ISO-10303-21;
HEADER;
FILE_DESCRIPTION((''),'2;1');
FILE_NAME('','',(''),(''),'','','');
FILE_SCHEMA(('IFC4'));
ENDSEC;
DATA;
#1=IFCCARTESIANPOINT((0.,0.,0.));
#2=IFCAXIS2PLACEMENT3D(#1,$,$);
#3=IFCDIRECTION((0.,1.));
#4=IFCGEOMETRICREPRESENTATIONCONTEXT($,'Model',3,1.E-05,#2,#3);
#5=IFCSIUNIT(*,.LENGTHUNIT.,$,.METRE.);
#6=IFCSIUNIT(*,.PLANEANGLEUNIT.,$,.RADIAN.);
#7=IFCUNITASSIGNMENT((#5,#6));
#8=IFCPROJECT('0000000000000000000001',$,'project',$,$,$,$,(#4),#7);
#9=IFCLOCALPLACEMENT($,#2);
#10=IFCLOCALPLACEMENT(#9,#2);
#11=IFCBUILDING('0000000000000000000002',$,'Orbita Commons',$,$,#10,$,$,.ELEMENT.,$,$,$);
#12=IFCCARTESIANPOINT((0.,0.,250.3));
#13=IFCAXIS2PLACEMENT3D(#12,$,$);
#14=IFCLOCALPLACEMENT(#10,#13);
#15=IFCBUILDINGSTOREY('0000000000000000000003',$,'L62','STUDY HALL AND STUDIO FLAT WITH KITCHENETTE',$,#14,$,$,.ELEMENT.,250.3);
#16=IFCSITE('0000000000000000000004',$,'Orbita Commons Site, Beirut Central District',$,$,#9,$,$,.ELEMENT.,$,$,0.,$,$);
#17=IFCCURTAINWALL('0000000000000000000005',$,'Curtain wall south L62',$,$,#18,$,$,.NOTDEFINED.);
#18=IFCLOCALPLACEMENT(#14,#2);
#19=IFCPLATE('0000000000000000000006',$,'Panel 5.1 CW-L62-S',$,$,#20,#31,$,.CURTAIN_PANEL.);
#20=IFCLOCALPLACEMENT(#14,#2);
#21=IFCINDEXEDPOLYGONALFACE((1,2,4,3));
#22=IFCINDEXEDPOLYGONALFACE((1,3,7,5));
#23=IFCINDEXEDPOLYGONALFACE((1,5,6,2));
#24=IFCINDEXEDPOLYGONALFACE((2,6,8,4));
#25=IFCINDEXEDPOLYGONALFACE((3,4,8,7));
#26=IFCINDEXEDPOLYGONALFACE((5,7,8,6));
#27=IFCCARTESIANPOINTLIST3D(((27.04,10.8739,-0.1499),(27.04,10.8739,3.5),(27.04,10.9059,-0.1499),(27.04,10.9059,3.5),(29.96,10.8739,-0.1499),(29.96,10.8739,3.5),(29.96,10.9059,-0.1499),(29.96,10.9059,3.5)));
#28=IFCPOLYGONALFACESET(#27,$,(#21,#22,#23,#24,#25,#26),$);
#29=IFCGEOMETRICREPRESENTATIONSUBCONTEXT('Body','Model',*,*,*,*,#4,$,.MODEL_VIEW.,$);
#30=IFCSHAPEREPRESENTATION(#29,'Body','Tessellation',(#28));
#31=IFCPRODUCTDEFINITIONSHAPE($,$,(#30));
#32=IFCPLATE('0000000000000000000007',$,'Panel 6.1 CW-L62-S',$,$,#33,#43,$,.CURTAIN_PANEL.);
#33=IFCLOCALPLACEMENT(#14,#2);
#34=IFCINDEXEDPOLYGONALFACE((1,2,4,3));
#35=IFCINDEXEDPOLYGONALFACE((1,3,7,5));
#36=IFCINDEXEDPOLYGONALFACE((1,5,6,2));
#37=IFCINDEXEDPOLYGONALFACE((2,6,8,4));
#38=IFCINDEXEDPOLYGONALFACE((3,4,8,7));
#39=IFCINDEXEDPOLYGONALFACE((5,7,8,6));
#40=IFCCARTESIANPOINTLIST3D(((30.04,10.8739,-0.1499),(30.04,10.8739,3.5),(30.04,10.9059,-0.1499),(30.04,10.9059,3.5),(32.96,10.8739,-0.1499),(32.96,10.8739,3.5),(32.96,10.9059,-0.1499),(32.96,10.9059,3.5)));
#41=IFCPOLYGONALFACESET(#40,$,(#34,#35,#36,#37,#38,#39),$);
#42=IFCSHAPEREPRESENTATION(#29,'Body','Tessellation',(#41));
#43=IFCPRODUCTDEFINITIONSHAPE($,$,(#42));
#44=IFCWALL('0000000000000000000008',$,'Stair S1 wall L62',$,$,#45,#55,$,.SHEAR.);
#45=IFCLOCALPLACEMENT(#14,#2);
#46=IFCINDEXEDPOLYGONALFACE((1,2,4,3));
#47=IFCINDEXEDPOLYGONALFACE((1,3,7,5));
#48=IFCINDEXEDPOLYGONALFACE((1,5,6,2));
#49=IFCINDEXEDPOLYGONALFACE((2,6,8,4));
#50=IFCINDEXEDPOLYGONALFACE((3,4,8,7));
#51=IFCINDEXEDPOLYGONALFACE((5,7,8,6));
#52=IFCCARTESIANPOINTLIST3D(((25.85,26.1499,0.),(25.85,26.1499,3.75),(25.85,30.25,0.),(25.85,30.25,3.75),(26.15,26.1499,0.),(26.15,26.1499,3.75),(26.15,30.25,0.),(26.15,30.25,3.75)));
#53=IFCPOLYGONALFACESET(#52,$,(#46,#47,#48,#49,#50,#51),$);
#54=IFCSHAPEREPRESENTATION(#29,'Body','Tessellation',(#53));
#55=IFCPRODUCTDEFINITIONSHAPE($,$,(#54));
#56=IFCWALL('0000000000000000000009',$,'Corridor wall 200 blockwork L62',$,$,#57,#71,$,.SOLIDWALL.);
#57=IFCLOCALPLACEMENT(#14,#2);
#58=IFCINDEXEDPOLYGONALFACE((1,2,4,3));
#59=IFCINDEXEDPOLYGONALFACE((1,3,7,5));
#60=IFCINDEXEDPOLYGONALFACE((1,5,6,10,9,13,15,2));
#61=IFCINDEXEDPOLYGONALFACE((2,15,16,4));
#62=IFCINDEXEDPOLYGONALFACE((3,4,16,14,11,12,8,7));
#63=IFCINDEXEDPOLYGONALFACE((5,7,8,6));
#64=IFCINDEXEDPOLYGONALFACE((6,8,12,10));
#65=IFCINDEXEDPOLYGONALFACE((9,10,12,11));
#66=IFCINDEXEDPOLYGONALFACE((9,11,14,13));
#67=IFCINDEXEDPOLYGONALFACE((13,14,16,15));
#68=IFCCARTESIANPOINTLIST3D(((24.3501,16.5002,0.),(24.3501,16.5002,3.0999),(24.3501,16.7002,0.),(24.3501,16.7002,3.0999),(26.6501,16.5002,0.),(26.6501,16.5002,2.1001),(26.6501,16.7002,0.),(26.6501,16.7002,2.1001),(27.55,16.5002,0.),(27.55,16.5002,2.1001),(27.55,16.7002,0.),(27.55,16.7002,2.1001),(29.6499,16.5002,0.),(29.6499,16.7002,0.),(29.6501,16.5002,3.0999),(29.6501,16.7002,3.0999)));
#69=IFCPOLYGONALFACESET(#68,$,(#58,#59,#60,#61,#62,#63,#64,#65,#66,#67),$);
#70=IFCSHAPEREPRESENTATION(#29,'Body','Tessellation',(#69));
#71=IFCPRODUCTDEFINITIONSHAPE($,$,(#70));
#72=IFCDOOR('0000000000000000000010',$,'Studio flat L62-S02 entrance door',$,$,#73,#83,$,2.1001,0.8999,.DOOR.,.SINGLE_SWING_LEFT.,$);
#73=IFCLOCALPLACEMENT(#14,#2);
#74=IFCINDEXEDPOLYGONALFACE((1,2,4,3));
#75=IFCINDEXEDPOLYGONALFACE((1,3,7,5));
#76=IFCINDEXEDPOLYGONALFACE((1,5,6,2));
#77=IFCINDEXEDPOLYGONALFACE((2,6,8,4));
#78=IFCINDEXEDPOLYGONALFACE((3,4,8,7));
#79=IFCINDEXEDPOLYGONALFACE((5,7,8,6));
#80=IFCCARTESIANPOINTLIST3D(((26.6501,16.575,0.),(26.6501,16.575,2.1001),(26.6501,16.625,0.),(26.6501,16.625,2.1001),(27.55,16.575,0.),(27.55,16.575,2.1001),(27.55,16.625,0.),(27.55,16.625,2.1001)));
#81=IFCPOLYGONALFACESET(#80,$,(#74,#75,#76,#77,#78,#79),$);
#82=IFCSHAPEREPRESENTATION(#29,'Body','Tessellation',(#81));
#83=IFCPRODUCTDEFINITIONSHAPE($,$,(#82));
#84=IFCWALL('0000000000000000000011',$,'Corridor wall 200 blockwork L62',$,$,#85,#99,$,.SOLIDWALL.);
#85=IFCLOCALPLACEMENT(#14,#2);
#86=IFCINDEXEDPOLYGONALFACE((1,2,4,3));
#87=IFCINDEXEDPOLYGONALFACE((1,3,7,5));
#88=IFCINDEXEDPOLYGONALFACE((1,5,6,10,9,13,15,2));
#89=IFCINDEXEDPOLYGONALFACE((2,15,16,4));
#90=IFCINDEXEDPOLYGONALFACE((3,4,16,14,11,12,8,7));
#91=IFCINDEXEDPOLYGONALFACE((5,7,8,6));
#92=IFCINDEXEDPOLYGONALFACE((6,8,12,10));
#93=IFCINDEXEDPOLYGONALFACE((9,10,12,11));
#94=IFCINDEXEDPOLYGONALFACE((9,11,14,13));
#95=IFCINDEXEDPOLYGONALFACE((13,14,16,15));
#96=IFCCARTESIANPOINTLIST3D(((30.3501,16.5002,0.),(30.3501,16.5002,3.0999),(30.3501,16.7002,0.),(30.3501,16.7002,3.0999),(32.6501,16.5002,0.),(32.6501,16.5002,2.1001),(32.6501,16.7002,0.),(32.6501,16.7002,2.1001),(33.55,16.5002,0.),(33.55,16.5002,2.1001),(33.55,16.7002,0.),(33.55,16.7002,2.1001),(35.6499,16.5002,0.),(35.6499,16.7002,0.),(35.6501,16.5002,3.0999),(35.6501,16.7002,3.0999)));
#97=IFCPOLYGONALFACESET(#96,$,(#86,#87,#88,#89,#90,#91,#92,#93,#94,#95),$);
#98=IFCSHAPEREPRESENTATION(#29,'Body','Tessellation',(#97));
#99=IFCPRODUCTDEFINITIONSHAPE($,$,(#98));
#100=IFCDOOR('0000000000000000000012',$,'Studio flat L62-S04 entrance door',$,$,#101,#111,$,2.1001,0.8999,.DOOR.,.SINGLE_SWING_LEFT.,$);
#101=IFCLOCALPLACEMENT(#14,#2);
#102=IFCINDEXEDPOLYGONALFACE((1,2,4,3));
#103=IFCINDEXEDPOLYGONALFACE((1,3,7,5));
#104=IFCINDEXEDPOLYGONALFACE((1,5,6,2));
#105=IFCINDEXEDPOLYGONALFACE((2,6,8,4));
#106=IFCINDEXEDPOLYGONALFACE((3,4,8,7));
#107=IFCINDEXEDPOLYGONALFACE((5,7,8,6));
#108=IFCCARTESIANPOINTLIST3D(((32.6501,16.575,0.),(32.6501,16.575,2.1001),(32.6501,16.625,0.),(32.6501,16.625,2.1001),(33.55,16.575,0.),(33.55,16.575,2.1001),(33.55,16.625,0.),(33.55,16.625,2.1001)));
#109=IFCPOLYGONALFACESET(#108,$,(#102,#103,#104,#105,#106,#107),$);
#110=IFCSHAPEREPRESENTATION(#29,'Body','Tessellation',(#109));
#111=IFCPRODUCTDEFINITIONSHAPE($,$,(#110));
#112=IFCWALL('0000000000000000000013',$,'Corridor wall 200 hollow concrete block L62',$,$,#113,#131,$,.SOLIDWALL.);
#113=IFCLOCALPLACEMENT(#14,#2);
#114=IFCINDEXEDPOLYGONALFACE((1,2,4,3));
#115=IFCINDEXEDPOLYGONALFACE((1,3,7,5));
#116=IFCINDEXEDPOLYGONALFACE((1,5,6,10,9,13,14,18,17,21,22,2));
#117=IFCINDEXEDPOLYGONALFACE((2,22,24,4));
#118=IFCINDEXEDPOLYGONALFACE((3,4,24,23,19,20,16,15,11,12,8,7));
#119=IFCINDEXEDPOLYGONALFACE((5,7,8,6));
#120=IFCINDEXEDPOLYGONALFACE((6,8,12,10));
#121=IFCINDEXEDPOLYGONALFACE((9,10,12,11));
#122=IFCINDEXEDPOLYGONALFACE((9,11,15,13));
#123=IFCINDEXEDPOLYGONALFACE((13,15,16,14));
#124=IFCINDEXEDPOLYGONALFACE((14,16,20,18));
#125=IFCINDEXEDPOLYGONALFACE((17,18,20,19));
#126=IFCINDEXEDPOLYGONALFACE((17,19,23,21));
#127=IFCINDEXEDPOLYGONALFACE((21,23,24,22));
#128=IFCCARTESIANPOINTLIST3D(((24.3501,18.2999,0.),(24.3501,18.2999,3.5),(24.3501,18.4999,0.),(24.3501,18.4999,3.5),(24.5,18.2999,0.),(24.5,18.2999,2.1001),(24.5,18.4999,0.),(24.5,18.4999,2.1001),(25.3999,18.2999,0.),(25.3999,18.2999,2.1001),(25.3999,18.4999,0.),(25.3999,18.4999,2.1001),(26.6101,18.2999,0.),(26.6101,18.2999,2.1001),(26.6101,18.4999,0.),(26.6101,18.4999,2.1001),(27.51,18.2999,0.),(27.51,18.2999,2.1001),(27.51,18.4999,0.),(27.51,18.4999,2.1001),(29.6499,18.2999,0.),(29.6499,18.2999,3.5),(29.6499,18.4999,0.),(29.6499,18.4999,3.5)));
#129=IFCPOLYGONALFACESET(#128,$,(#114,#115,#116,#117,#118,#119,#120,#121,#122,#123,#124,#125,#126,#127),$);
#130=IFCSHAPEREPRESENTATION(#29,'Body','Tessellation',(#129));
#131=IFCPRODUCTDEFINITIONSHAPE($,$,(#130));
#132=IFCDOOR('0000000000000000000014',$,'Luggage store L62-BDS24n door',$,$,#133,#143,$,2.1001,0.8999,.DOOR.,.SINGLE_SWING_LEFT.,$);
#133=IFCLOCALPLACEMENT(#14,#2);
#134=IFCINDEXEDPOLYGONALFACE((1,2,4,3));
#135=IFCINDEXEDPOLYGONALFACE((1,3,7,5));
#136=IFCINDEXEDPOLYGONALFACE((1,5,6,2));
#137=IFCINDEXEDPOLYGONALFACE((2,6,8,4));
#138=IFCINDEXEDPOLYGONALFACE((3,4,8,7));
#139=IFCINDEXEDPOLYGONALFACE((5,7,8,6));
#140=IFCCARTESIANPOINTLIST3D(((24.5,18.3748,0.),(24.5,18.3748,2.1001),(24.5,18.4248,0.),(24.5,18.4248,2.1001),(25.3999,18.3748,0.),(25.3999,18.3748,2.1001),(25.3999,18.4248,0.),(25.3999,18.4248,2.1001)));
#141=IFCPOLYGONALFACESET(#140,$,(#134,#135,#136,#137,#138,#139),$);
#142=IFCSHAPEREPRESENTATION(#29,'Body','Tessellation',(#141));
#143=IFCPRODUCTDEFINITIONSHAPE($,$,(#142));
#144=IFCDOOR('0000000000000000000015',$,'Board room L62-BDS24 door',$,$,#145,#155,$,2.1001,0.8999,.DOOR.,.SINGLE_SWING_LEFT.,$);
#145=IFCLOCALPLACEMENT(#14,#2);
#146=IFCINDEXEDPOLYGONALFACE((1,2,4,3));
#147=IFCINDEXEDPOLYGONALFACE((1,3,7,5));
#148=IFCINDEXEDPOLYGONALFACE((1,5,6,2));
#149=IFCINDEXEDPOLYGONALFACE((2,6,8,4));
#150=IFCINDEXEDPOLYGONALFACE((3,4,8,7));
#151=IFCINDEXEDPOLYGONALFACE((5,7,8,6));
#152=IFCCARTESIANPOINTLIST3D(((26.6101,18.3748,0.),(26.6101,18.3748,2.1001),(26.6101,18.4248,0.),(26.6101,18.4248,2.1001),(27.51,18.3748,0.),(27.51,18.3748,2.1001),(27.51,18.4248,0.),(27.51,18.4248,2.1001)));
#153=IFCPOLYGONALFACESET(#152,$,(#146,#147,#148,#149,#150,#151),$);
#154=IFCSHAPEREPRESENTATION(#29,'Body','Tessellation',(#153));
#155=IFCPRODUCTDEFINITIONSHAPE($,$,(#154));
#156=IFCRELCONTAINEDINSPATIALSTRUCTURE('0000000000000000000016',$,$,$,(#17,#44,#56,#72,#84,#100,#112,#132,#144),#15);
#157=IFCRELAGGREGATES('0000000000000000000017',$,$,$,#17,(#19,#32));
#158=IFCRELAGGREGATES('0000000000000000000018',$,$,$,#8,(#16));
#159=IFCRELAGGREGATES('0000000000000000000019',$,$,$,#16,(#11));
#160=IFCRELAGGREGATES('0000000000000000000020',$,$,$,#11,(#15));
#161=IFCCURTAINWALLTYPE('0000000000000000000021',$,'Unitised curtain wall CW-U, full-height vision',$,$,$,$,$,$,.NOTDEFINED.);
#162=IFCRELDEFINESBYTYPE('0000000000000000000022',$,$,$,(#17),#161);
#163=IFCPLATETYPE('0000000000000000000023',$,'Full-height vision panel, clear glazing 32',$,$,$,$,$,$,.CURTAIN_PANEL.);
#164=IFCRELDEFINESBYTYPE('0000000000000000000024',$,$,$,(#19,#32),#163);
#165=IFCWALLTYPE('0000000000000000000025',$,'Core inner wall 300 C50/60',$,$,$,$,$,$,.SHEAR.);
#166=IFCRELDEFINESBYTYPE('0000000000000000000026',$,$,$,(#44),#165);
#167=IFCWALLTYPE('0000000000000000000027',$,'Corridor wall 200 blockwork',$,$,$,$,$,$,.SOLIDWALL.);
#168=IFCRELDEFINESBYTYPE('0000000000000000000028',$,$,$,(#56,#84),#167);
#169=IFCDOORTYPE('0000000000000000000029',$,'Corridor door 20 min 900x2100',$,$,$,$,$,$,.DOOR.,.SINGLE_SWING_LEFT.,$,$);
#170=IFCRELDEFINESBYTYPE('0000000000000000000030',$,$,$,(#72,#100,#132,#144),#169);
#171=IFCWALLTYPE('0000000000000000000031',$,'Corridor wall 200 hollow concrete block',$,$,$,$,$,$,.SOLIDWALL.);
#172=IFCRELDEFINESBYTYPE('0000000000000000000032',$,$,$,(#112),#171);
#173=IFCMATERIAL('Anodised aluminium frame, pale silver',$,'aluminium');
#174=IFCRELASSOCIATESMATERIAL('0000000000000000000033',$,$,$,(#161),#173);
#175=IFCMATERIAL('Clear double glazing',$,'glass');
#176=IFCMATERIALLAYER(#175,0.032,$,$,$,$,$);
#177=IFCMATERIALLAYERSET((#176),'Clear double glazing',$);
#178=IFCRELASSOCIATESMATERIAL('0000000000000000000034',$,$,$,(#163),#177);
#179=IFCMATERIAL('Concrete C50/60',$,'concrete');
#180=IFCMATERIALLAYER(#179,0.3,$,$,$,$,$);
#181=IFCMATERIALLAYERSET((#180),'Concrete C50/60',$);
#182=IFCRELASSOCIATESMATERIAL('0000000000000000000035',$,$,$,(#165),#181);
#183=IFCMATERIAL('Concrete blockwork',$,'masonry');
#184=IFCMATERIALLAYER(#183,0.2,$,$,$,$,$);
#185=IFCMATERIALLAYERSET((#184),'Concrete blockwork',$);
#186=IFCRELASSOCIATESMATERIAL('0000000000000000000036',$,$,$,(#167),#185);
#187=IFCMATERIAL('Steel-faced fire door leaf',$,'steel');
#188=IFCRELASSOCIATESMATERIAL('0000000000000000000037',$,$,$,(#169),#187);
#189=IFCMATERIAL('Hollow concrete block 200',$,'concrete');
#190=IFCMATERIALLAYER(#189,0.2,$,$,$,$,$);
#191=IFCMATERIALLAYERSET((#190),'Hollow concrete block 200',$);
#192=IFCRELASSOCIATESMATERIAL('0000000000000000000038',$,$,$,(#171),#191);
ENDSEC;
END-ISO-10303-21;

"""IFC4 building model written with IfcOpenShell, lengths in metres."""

from ifc_helpers import new_model, si_unit, direction, frame, frame_2d, origin, origin_2d, place, context, subcontext, project, spatial, polyline, rectangle, outline, extrude, material, layer, layer_set, type_object, element, fill, aggregate, save


model = new_model("IFC4")

# Units and contexts
model_context = context("Model", 3, precision=1e-05, world=origin(), true_north=direction((0.0, 1.0)))
body_context = subcontext(model_context, "Body", "Model", "MODEL_VIEW")
ifc_project = project(units=[si_unit("LENGTHUNIT", "METRE"), si_unit("PLANEANGLEUNIT", "RADIAN")], contexts=[model_context])

# Site, building, storey
site_placement = place(None, origin())
site = spatial("IfcSite", under=ifc_project, at=site_placement, Name="Orbita Commons Site, Beirut Central District", CompositionType="ELEMENT", RefElevation=0.0)
building_placement = place(site_placement, origin())
building = spatial("IfcBuilding", under=site, at=building_placement, Name="Orbita Commons", CompositionType="ELEMENT")
storey_placement = place(building_placement, frame((0.0, 0.0, 250.3)))
storey = spatial("IfcBuildingStorey", under=building, at=storey_placement, Name="L62", Description="STUDY HALL AND STUDIO FLAT WITH KITCHENETTE", CompositionType="ELEMENT", Elevation=250.3)

# Curtain wall
ifc_material_1 = material(Name="Anodised aluminium frame, pale silver", Category="aluminium")
curtain_wall_type = type_object("IfcCurtainWallType", Name="Unitised curtain wall CW-U, full-height vision", PredefinedType="NOTDEFINED", material=ifc_material_1)
curtain_wall_placement = place(storey_placement, origin())
curtain_wall = element("IfcCurtainWall", 1, at=curtain_wall_placement, inside=storey, type_object=curtain_wall_type, Name="Curtain wall south L62", PredefinedType="NOTDEFINED")

# Plates
ifc_material_2 = material(Name="Clear double glazing", Category="glass")
ifc_layer_1 = layer(ifc_material_2, 0.032)
ifc_layer_set_1 = layer_set([ifc_layer_1], Name="Clear double glazing")
plate_type = type_object("IfcPlateType", Name="Full-height vision panel, clear glazing 32", PredefinedType="CURTAIN_PANEL", material=ifc_layer_set_1)
plate_1_placement = place(storey_placement, frame((28.5, 10.8899, -0.1499), z_axis=(0.0, 0.0, 1.0), x_axis=(1.0, 0.0, 0.0)))
plate_1 = element("IfcPlate", 2, at=plate_1_placement, type_object=plate_type, Name="Panel 5.1 CW-L62-S", PredefinedType="CURTAIN_PANEL", context=body_context, shape_type="SweptSolid", body=[
    extrude(rectangle(XDim=2.9199, YDim=0.032, at=origin_2d()), origin(), (0.0, 0.0, 1.0), 3.6499),
])
plate_2_placement = place(storey_placement, frame((31.5, 10.8899, -0.1499), z_axis=(0.0, 0.0, 1.0), x_axis=(1.0, 0.0, 0.0)))
plate_2 = element("IfcPlate", 3, at=plate_2_placement, type_object=plate_type, Name="Panel 6.1 CW-L62-S", PredefinedType="CURTAIN_PANEL", context=body_context, shape_type="SweptSolid", body=[
    extrude(rectangle(XDim=2.9199, YDim=0.032, at=origin_2d()), origin(), (0.0, 0.0, 1.0), 3.6499),
])
aggregate(curtain_wall, [plate_1, plate_2])

# Wall
ifc_material_3 = material(Name="Concrete C50/60", Category="concrete")
ifc_layer_2 = layer(ifc_material_3, 0.3)
ifc_layer_set_2 = layer_set([ifc_layer_2], Name="Concrete C50/60")
wall_type_1 = type_object("IfcWallType", Name="Core inner wall 300 C50/60", PredefinedType="SHEAR", material=ifc_layer_set_2)
wall_1_placement = place(storey_placement, frame((26.0, 26.1499, 0.0), z_axis=(0.0, 0.0, 1.0), x_axis=(0.0, 1.0, 0.0)))
element("IfcWall", 4, at=wall_1_placement, inside=storey, type_object=wall_type_1, Name="Stair S1 wall L62", PredefinedType="SHEAR", context=body_context, shape_type="SweptSolid", body=[
    extrude(rectangle(XDim=4.1001, YDim=0.3, at=frame_2d((2.05, 0.0))), origin(), (0.0, 0.0, 1.0), 3.75),
])

# Walls, openings, doors
ifc_material_4 = material(Name="Concrete blockwork", Category="masonry")
ifc_layer_3 = layer(ifc_material_4, 0.2)
ifc_layer_set_3 = layer_set([ifc_layer_3], Name="Concrete blockwork")
wall_type_2 = type_object("IfcWallType", Name="Corridor wall 200 blockwork", PredefinedType="SOLIDWALL", material=ifc_layer_set_3)
wall_2_placement = place(storey_placement, frame((24.3501, 16.6001, 0.0), z_axis=(0.0, 0.0, 1.0), x_axis=(1.0, 0.0, 0.0)))
wall_2 = element("IfcWall", 5, at=wall_2_placement, inside=storey, type_object=wall_type_2, Name="Corridor wall 200 blockwork L62", PredefinedType="SOLIDWALL", context=body_context, shape_type="SweptSolid", body=[
    extrude(outline(polyline([(0.0, 0.0), (5.2998, 0.0), (5.3, 3.0999), (0.0, 3.0999), (0.0, 0.0)])), frame((0.0, 0.1001, 0.0), z_axis=(0.0, -1.0, 0.0), x_axis=(1.0, 0.0, 0.0)), (0.0, 0.0, 1.0), 0.2),
])
opening_1_placement = place(wall_2_placement, frame((2.3, 0.0, 0.0)))
opening_1 = element("IfcOpeningElement", 6, at=opening_1_placement, cuts=wall_2, PredefinedType="OPENING", context=body_context, shape_type="SweptSolid", body=[
    extrude(rectangle(XDim=0.8999, YDim=2.1001, at=frame_2d((0.45, 1.05))), frame((0.0, 0.1099, 0.0), z_axis=(0.0, -1.0, 0.0), x_axis=(1.0, 0.0, 0.0)), (0.0, 0.0, 1.0), 0.22),
])
ifc_material_5 = material(Name="Steel-faced fire door leaf", Category="steel")
door_type_1 = type_object("IfcDoorType", Name="Corridor door 20 min 900x2100", OperationType="SINGLE_SWING_LEFT", PredefinedType="DOOR", material=ifc_material_5)
door_1_placement = place(opening_1_placement, origin())
door_1 = element("IfcDoor", 7, at=door_1_placement, inside=storey, type_object=door_type_1, Name="Studio flat L62-S02 entrance door", OperationType="SINGLE_SWING_LEFT", OverallHeight=2.1001, OverallWidth=0.8999, PredefinedType="DOOR", context=body_context, shape_type="SweptSolid", body=[
    extrude(rectangle(XDim=0.8999, YDim=2.1001, at=frame_2d((0.45, 1.05))), frame((0.0, 0.0249, 0.0), z_axis=(0.0, -1.0, 0.0), x_axis=(1.0, 0.0, 0.0)), (0.0, 0.0, 1.0), 0.05),
])
fill(opening_1, door_1)
wall_3_placement = place(storey_placement, frame((30.3501, 16.6001, 0.0), z_axis=(0.0, 0.0, 1.0), x_axis=(1.0, 0.0, 0.0)))
wall_3 = element("IfcWall", 8, at=wall_3_placement, inside=storey, type_object=wall_type_2, Name="Corridor wall 200 blockwork L62", PredefinedType="SOLIDWALL", context=body_context, shape_type="SweptSolid", body=[
    extrude(outline(polyline([(0.0, 0.0), (5.2998, 0.0), (5.3, 3.0999), (0.0, 3.0999), (0.0, 0.0)])), frame((0.0, 0.1001, 0.0), z_axis=(0.0, -1.0, 0.0), x_axis=(1.0, 0.0, 0.0)), (0.0, 0.0, 1.0), 0.2),
])
opening_2_placement = place(wall_3_placement, frame((2.3, 0.0, 0.0)))
opening_2 = element("IfcOpeningElement", 9, at=opening_2_placement, cuts=wall_3, PredefinedType="OPENING", context=body_context, shape_type="SweptSolid", body=[
    extrude(rectangle(XDim=0.8999, YDim=2.1001, at=frame_2d((0.45, 1.05))), frame((0.0, 0.1099, 0.0), z_axis=(0.0, -1.0, 0.0), x_axis=(1.0, 0.0, 0.0)), (0.0, 0.0, 1.0), 0.22),
])
door_2_placement = place(opening_2_placement, origin())
door_2 = element("IfcDoor", 10, at=door_2_placement, inside=storey, type_object=door_type_1, Name="Studio flat L62-S04 entrance door", OperationType="SINGLE_SWING_LEFT", OverallHeight=2.1001, OverallWidth=0.8999, PredefinedType="DOOR", context=body_context, shape_type="SweptSolid", body=[
    extrude(rectangle(XDim=0.8999, YDim=2.1001, at=frame_2d((0.45, 1.05))), frame((0.0, 0.0249, 0.0), z_axis=(0.0, -1.0, 0.0), x_axis=(1.0, 0.0, 0.0)), (0.0, 0.0, 1.0), 0.05),
])
fill(opening_2, door_2)

# Wall, openings, doors
ifc_material_6 = material(Name="Hollow concrete block 200", Category="concrete")
ifc_layer_4 = layer(ifc_material_6, 0.2)
ifc_layer_set_4 = layer_set([ifc_layer_4], Name="Hollow concrete block 200")
wall_type_3 = type_object("IfcWallType", Name="Corridor wall 200 hollow concrete block", PredefinedType="SOLIDWALL", material=ifc_layer_set_4)
wall_4_placement = place(storey_placement, frame((24.3501, 18.3999, 0.0), z_axis=(0.0, 0.0, 1.0), x_axis=(1.0, 0.0, 0.0)))
wall_4 = element("IfcWall", 11, at=wall_4_placement, inside=storey, type_object=wall_type_3, Name="Corridor wall 200 hollow concrete block L62", PredefinedType="SOLIDWALL", context=body_context, shape_type="SweptSolid", body=[
    extrude(rectangle(XDim=5.2998, YDim=0.2, at=frame_2d((2.6499, 0.0))), origin(), (0.0, 0.0, 1.0), 3.5),
])
opening_3_placement = place(wall_4_placement, frame((0.1499, 0.0, 0.0)))
opening_3 = element("IfcOpeningElement", 12, at=opening_3_placement, cuts=wall_4, PredefinedType="OPENING", context=body_context, shape_type="SweptSolid", body=[
    extrude(rectangle(XDim=0.8999, YDim=2.1001, at=frame_2d((0.45, 1.05))), frame((0.0, 0.1099, 0.0), z_axis=(0.0, -1.0, 0.0), x_axis=(1.0, 0.0, 0.0)), (0.0, 0.0, 1.0), 0.22),
])
opening_4_placement = place(wall_4_placement, frame((2.26, 0.0, 0.0)))
opening_4 = element("IfcOpeningElement", 13, at=opening_4_placement, cuts=wall_4, PredefinedType="OPENING", context=body_context, shape_type="SweptSolid", body=[
    extrude(rectangle(XDim=0.8999, YDim=2.1001, at=frame_2d((0.45, 1.05))), frame((0.0, 0.1099, 0.0), z_axis=(0.0, -1.0, 0.0), x_axis=(1.0, 0.0, 0.0)), (0.0, 0.0, 1.0), 0.22),
])
door_3_placement = place(opening_3_placement, origin())
door_3 = element("IfcDoor", 14, at=door_3_placement, inside=storey, type_object=door_type_1, Name="Luggage store L62-BDS24n door", OperationType="SINGLE_SWING_LEFT", OverallHeight=2.1001, OverallWidth=0.8999, PredefinedType="DOOR", context=body_context, shape_type="SweptSolid", body=[
    extrude(rectangle(XDim=0.8999, YDim=2.1001, at=frame_2d((0.45, 1.05))), frame((0.0, 0.0249, 0.0), z_axis=(0.0, -1.0, 0.0), x_axis=(1.0, 0.0, 0.0)), (0.0, 0.0, 1.0), 0.05),
])
fill(opening_3, door_3)
door_4_placement = place(opening_4_placement, origin())
door_4 = element("IfcDoor", 15, at=door_4_placement, inside=storey, type_object=door_type_1, Name="Board room L62-BDS24 door", OperationType="SINGLE_SWING_LEFT", OverallHeight=2.1001, OverallWidth=0.8999, PredefinedType="DOOR", context=body_context, shape_type="SweptSolid", body=[
    extrude(rectangle(XDim=0.8999, YDim=2.1001, at=frame_2d((0.45, 1.05))), frame((0.0, 0.0249, 0.0), z_axis=(0.0, -1.0, 0.0), x_axis=(1.0, 0.0, 0.0)), (0.0, 0.0, 1.0), 0.05),
])
fill(opening_4, door_4)

save(model, "model.ifc")
